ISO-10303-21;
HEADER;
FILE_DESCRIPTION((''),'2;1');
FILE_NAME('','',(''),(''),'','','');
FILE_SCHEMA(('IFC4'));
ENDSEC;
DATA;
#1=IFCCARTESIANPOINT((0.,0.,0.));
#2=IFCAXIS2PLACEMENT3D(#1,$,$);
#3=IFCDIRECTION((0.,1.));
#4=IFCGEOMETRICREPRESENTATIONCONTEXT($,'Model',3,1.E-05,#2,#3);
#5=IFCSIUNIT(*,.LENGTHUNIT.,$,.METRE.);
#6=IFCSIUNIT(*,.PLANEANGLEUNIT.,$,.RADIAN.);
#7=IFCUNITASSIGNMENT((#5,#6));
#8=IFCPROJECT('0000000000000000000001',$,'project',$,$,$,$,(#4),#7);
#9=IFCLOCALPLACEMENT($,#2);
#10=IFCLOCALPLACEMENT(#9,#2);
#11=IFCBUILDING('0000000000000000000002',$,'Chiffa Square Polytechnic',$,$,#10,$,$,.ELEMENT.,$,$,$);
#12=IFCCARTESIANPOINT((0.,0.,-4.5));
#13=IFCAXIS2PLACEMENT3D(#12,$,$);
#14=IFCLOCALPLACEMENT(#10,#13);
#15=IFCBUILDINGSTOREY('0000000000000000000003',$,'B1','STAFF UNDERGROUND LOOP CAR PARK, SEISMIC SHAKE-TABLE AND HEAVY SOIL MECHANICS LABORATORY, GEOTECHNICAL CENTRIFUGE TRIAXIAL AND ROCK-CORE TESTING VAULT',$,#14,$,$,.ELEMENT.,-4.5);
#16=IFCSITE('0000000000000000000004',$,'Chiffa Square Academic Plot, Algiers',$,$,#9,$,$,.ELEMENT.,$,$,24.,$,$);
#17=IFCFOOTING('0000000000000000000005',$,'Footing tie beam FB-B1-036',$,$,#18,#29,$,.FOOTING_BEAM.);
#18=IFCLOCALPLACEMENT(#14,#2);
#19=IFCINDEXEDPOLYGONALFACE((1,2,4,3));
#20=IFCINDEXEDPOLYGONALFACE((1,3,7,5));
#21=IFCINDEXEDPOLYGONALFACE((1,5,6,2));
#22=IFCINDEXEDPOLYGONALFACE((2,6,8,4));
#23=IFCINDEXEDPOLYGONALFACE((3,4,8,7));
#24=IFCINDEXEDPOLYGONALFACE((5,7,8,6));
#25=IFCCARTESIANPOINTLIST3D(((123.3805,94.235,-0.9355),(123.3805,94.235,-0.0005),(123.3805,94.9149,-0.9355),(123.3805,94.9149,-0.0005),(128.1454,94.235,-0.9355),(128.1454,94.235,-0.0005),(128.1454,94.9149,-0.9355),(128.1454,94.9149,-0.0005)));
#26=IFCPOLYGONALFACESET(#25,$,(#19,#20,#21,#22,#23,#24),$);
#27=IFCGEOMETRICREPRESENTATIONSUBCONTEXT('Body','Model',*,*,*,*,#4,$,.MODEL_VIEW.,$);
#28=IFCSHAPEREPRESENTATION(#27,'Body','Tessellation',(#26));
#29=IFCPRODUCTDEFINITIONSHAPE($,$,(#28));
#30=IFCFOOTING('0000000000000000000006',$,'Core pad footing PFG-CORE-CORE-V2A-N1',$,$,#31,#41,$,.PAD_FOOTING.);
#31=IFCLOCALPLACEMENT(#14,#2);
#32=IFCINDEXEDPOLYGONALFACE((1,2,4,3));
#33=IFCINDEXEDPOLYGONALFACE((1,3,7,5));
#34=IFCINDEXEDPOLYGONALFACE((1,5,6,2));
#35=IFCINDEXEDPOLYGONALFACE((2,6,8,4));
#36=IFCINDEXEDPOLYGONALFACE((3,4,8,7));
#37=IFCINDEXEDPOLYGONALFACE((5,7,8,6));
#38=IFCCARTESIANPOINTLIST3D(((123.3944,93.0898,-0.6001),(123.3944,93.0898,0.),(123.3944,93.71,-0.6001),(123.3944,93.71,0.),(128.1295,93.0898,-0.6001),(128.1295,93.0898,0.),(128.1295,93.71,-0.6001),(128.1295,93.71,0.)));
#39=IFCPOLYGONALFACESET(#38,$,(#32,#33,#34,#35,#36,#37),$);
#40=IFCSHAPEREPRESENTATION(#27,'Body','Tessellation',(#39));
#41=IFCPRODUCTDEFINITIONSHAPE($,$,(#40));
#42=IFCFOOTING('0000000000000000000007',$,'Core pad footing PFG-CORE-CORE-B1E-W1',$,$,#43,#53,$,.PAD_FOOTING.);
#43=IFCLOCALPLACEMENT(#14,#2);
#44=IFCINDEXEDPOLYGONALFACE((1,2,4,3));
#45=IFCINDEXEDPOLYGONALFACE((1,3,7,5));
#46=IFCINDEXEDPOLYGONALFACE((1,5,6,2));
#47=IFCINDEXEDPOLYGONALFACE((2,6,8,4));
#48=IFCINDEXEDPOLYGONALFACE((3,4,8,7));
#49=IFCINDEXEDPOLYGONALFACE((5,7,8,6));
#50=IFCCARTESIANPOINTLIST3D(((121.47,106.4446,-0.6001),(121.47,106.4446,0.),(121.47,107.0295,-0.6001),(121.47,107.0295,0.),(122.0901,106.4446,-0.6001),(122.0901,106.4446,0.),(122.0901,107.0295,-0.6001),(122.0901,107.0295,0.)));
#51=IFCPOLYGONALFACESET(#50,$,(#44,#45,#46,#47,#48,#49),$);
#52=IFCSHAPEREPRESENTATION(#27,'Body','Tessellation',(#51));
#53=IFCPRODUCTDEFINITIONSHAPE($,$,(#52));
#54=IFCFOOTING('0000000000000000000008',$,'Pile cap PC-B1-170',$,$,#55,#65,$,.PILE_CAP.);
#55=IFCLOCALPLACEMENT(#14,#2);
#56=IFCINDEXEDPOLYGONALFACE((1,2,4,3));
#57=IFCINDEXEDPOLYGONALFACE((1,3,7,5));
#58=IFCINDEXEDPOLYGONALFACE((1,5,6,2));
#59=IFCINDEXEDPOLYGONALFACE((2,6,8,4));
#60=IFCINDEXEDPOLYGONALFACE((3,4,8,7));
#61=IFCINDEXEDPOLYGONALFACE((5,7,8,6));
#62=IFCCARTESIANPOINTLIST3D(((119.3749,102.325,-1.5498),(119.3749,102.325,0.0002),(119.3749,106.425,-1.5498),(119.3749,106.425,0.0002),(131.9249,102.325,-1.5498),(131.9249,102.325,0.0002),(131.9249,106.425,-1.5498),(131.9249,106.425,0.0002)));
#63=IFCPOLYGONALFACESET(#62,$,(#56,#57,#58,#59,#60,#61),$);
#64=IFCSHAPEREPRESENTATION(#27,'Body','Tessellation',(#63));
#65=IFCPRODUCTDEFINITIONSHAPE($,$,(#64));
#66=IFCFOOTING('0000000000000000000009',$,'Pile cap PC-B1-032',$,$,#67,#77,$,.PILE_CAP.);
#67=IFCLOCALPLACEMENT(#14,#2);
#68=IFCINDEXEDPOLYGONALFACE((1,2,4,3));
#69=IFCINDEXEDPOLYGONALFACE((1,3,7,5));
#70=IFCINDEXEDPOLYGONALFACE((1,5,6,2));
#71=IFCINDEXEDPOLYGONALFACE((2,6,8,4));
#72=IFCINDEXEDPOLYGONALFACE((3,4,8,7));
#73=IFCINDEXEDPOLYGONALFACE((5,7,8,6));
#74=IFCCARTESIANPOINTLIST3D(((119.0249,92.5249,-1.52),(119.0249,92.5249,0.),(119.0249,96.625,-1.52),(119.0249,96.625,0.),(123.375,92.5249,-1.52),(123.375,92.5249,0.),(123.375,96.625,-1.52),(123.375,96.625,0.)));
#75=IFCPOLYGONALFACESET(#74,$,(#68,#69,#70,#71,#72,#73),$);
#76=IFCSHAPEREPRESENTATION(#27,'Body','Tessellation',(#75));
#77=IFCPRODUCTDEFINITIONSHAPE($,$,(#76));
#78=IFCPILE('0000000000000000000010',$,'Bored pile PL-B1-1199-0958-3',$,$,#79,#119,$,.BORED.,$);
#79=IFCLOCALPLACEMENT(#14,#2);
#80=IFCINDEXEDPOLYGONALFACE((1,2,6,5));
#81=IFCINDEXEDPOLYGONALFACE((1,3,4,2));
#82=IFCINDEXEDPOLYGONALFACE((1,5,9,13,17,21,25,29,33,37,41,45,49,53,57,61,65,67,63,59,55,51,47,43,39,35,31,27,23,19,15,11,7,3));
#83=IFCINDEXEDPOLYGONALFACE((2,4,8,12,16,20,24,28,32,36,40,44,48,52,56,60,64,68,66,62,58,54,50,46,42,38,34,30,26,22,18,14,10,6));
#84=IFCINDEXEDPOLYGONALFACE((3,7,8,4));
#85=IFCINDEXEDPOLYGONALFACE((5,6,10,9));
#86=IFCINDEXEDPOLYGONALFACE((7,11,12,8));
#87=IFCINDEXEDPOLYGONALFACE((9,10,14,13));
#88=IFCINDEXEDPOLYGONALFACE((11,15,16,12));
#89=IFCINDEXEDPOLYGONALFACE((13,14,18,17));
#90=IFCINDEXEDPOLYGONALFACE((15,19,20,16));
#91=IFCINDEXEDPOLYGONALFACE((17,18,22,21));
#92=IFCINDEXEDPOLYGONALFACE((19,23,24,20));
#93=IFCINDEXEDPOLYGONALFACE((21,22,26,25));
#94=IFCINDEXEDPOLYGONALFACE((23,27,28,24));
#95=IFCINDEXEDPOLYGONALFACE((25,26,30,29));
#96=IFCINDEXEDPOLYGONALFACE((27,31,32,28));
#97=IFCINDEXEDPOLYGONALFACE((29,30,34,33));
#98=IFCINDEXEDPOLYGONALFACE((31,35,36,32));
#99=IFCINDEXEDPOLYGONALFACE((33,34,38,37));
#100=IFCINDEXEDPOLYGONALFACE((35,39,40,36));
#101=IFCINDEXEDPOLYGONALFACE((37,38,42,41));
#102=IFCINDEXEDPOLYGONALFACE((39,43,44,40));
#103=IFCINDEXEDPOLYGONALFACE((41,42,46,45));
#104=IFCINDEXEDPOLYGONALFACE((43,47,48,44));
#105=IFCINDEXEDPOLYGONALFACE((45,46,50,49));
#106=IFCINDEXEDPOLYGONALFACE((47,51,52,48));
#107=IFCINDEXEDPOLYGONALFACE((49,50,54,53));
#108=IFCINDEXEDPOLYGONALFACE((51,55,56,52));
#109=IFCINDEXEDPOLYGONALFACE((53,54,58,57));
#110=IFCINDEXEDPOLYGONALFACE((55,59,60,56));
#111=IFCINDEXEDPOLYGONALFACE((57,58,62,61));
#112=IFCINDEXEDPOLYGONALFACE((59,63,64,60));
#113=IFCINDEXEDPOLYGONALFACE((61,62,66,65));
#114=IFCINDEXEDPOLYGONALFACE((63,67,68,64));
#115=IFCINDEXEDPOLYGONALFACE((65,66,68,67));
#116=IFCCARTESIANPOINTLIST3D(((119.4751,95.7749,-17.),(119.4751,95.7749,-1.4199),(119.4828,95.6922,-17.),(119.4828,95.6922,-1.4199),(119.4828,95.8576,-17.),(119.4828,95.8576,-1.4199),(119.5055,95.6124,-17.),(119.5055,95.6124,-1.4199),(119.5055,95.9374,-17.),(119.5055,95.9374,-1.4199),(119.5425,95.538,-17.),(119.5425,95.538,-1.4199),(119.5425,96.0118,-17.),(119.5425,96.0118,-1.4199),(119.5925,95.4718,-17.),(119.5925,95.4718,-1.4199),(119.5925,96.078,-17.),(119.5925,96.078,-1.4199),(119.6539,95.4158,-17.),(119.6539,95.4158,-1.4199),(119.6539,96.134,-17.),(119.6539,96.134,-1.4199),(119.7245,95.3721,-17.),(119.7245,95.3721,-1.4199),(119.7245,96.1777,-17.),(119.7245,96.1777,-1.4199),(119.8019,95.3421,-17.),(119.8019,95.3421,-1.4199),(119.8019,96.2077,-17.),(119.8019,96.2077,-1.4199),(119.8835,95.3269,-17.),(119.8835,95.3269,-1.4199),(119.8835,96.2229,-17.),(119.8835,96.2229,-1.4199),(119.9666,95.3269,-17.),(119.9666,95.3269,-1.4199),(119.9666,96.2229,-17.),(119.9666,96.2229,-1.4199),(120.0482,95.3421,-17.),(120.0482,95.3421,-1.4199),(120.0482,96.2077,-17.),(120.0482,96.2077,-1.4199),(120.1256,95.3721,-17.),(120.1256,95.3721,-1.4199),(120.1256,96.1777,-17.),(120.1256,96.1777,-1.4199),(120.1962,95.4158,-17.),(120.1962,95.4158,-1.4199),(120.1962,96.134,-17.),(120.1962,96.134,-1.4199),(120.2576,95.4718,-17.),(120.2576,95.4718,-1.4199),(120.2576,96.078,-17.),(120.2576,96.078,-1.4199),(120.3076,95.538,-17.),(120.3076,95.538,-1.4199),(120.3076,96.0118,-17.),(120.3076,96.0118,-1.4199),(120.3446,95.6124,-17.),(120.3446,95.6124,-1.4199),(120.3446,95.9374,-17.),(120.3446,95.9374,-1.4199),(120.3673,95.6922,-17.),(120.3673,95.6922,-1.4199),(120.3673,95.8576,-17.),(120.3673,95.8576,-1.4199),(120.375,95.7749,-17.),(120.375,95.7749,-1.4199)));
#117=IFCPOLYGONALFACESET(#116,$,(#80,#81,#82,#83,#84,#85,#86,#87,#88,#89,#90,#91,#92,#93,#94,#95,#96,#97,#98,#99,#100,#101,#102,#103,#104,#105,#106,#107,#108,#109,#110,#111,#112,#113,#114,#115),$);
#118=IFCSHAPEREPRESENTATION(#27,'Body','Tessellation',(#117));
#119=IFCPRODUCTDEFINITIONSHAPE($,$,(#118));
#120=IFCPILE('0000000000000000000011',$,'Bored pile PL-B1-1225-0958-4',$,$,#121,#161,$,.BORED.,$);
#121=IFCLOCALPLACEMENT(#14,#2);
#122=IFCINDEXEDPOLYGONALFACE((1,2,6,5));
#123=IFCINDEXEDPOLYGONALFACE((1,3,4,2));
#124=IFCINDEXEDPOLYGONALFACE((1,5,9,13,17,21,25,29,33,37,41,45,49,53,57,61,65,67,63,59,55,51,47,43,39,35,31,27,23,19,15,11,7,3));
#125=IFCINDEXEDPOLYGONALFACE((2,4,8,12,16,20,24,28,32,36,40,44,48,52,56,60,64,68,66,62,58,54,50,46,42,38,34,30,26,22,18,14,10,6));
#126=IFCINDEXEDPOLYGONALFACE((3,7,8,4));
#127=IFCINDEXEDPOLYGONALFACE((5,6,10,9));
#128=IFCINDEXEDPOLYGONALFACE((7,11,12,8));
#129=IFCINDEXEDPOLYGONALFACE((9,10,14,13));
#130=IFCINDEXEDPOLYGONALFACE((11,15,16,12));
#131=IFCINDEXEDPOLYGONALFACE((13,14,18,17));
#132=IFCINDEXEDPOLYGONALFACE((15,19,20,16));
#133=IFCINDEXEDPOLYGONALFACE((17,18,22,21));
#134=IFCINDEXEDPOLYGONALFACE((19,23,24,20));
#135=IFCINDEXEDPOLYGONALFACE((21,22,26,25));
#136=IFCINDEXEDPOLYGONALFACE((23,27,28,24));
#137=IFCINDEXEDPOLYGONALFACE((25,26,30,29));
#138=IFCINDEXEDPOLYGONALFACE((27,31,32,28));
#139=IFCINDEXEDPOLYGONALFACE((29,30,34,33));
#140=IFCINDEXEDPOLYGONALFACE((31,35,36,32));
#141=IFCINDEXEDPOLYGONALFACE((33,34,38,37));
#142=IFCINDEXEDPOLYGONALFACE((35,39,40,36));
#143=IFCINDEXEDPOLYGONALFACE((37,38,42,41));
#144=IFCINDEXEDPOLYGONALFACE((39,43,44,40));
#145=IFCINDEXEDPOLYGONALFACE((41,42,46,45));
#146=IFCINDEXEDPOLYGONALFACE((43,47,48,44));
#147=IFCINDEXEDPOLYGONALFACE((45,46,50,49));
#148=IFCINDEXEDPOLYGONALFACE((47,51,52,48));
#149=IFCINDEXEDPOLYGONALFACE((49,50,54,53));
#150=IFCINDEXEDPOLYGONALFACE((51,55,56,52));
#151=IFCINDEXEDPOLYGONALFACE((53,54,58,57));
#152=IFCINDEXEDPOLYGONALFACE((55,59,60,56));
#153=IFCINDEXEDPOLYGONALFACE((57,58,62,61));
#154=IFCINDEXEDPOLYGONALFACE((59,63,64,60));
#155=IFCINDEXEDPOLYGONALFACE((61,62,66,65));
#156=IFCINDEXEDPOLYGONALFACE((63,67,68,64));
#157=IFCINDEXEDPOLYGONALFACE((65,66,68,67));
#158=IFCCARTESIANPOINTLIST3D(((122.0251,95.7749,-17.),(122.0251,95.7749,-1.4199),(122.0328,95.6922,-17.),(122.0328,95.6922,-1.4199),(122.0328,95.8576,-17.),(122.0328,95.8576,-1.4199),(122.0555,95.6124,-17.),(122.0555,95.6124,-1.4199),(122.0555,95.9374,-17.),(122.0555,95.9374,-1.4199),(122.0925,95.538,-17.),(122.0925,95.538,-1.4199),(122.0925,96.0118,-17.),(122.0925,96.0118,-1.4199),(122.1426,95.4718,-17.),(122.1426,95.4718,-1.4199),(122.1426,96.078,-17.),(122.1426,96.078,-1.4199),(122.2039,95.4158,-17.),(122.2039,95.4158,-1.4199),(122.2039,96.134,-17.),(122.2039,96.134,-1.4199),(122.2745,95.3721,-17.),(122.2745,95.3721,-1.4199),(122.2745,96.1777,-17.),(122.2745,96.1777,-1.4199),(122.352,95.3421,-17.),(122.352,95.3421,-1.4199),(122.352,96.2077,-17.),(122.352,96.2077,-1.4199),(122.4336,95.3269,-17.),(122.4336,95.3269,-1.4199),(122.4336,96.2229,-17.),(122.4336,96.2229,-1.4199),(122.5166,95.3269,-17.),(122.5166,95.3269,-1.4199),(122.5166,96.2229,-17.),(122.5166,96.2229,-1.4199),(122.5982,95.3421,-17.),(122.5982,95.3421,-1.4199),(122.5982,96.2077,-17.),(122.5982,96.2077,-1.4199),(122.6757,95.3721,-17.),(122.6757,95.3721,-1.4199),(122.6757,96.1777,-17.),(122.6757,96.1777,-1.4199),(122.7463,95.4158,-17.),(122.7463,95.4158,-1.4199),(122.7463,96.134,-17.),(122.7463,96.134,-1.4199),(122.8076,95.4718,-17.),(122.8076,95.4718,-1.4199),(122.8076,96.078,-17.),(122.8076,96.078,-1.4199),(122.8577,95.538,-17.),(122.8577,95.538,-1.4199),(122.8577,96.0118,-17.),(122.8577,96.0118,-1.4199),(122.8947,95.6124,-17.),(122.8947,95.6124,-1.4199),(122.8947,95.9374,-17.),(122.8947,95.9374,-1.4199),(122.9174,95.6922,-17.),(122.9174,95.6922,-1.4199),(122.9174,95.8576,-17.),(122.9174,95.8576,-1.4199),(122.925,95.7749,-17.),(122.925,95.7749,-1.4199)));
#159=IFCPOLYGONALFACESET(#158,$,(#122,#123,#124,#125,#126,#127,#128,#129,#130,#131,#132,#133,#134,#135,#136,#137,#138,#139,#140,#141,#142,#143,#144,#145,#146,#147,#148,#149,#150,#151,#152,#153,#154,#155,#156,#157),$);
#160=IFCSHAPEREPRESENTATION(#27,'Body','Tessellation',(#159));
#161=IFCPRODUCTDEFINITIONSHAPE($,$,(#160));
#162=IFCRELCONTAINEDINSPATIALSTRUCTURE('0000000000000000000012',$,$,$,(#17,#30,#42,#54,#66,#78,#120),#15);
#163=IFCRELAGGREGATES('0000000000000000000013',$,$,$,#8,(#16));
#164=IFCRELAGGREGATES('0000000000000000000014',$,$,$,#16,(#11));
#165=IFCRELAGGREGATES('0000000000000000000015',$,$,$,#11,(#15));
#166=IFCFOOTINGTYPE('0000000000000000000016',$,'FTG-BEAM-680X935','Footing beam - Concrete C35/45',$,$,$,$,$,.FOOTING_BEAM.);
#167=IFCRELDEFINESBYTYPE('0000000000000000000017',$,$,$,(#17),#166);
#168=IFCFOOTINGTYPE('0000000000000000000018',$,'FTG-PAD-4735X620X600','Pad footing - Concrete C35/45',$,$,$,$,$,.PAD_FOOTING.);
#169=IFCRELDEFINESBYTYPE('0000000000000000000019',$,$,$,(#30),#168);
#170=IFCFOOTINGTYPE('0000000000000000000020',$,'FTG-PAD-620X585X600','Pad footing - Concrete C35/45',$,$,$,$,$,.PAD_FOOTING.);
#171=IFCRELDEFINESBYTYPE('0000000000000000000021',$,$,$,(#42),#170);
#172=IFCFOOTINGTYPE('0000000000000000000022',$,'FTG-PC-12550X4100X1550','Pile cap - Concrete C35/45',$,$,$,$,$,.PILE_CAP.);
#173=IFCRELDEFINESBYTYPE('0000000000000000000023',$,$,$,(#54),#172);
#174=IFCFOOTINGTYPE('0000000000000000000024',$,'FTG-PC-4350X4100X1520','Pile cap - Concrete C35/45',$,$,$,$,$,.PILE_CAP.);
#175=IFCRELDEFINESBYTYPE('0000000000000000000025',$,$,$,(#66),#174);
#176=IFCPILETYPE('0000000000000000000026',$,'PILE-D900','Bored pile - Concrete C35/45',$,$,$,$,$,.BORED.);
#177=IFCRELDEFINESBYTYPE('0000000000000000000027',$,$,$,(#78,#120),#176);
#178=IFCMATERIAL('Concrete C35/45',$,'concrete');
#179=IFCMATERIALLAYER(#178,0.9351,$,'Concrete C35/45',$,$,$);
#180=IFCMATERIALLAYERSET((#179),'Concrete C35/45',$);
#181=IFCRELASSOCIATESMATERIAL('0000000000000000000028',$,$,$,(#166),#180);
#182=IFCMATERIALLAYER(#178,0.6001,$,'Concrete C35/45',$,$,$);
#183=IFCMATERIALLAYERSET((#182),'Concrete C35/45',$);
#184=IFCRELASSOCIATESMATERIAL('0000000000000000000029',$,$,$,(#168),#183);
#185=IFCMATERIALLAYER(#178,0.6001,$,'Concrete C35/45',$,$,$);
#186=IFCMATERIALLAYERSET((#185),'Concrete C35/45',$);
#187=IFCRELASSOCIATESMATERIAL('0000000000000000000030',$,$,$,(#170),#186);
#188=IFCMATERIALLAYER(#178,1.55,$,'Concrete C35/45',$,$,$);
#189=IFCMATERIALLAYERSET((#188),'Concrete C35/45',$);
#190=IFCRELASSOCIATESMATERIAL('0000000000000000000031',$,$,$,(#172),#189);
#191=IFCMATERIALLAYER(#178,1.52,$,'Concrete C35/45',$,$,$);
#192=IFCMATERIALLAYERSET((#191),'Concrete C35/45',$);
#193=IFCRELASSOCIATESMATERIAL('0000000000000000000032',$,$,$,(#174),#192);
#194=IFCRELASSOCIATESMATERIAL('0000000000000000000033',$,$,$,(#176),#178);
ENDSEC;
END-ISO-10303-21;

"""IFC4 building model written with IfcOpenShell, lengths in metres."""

from ifc_helpers import new_model, si_unit, direction, frame, origin, origin_2d, place, context, subcontext, project, spatial, rectangle, circle, extrude, material, layer, layer_set, material_profile, profile_set, type_object, element, save


model = new_model("IFC4")

# Units and contexts
model_context = context("Model", 3, precision=1e-05, world=origin(), true_north=direction((0.0, 1.0)))
body_context = subcontext(model_context, "Body", "Model", "MODEL_VIEW")
ifc_project = project(units=[si_unit("LENGTHUNIT", "METRE"), si_unit("PLANEANGLEUNIT", "RADIAN")], contexts=[model_context])

# Site, building, storey
site_placement = place(None, origin())
site = spatial("IfcSite", under=ifc_project, at=site_placement, Name="Chiffa Square Academic Plot, Algiers", CompositionType="ELEMENT", RefElevation=24.0)
building_placement = place(site_placement, origin())
building = spatial("IfcBuilding", under=site, at=building_placement, Name="Chiffa Square Polytechnic", CompositionType="ELEMENT")
storey_placement = place(building_placement, frame((0.0, 0.0, -4.5)))
storey = spatial("IfcBuildingStorey", under=building, at=storey_placement, Name="B1", Description="STAFF UNDERGROUND LOOP CAR PARK, SEISMIC SHAKE-TABLE AND HEAVY SOIL MECHANICS LABORATORY, GEOTECHNICAL CENTRIFUGE TRIAXIAL AND ROCK-CORE TESTING VAULT", CompositionType="ELEMENT", Elevation=-4.5)

# Footings
ifc_material_1 = material(Name="Concrete C35/45", Category="concrete")
ifc_layer_1 = layer(ifc_material_1, 0.9351, Name="Concrete C35/45")
ifc_layer_set_1 = layer_set([ifc_layer_1], Name="Concrete C35/45")
footing_type_1 = type_object("IfcFootingType", Name="FTG-BEAM-680X935", Description="Footing beam - Concrete C35/45", PredefinedType="FOOTING_BEAM", material=ifc_layer_set_1)
footing_1_placement = place(storey_placement, frame((125.7629, 94.575, -0.9355), z_axis=(0.0, 0.0, 1.0), x_axis=(1.0, 0.0, 0.0)))
element("IfcFooting", 1, at=footing_1_placement, inside=storey, type_object=footing_type_1, Name="Footing tie beam FB-B1-036", PredefinedType="FOOTING_BEAM", context=body_context, shape_type="SweptSolid", body=[
    extrude(rectangle(XDim=4.7649, YDim=0.6799, at=origin_2d()), origin(), (0.0, 0.0, 1.0), 0.9351),
])
ifc_layer_2 = layer(ifc_material_1, 0.6001, Name="Concrete C35/45")
ifc_layer_set_2 = layer_set([ifc_layer_2], Name="Concrete C35/45")
footing_type_2 = type_object("IfcFootingType", Name="FTG-PAD-4735X620X600", Description="Pad footing - Concrete C35/45", PredefinedType="PAD_FOOTING", material=ifc_layer_set_2)
footing_2_placement = place(storey_placement, frame((125.762, 93.3999, -0.6001), z_axis=(0.0, 0.0, 1.0), x_axis=(1.0, 0.0, 0.0)))
element("IfcFooting", 2, at=footing_2_placement, inside=storey, type_object=footing_type_2, Name="Core pad footing PFG-CORE-CORE-V2A-N1", PredefinedType="PAD_FOOTING", context=body_context, shape_type="SweptSolid", body=[
    extrude(rectangle(XDim=4.7351, YDim=0.6201, at=origin_2d()), origin(), (0.0, 0.0, 1.0), 0.6001),
])
ifc_layer_3 = layer(ifc_material_1, 0.6001, Name="Concrete C35/45")
ifc_layer_set_3 = layer_set([ifc_layer_3], Name="Concrete C35/45")
footing_type_3 = type_object("IfcFootingType", Name="FTG-PAD-620X585X600", Description="Pad footing - Concrete C35/45", PredefinedType="PAD_FOOTING", material=ifc_layer_set_3)
footing_3_placement = place(storey_placement, frame((121.78, 106.7371, -0.6001), z_axis=(0.0, 0.0, 1.0), x_axis=(1.0, 0.0, 0.0)))
element("IfcFooting", 3, at=footing_3_placement, inside=storey, type_object=footing_type_3, Name="Core pad footing PFG-CORE-CORE-B1E-W1", PredefinedType="PAD_FOOTING", context=body_context, shape_type="SweptSolid", body=[
    extrude(rectangle(XDim=0.6201, YDim=0.585, at=origin_2d()), origin(), (0.0, 0.0, 1.0), 0.6001),
])
ifc_layer_4 = layer(ifc_material_1, 1.55, Name="Concrete C35/45")
ifc_layer_set_4 = layer_set([ifc_layer_4], Name="Concrete C35/45")
footing_type_4 = type_object("IfcFootingType", Name="FTG-PC-12550X4100X1550", Description="Pile cap - Concrete C35/45", PredefinedType="PILE_CAP", material=ifc_layer_set_4)
footing_4_placement = place(storey_placement, frame((125.6499, 104.375, -1.5498), z_axis=(0.0, 0.0, 1.0), x_axis=(1.0, 0.0, 0.0)))
element("IfcFooting", 4, at=footing_4_placement, inside=storey, type_object=footing_type_4, Name="Pile cap PC-B1-170", PredefinedType="PILE_CAP", context=body_context, shape_type="SweptSolid", body=[
    extrude(rectangle(XDim=12.55, YDim=4.1001, at=origin_2d()), origin(), (0.0, 0.0, 1.0), 1.55),
])
ifc_layer_5 = layer(ifc_material_1, 1.52, Name="Concrete C35/45")
ifc_layer_set_5 = layer_set([ifc_layer_5], Name="Concrete C35/45")
footing_type_5 = type_object("IfcFootingType", Name="FTG-PC-4350X4100X1520", Description="Pile cap - Concrete C35/45", PredefinedType="PILE_CAP", material=ifc_layer_set_5)
footing_5_placement = place(storey_placement, frame((121.2, 94.575, -1.52), z_axis=(0.0, 0.0, 1.0), x_axis=(1.0, 0.0, 0.0)))
element("IfcFooting", 5, at=footing_5_placement, inside=storey, type_object=footing_type_5, Name="Pile cap PC-B1-032", PredefinedType="PILE_CAP", context=body_context, shape_type="SweptSolid", body=[
    extrude(rectangle(XDim=4.3501, YDim=4.1001, at=origin_2d()), origin(), (0.0, 0.0, 1.0), 1.52),
])

# Piles
ifc_material_profile_1 = material_profile(ifc_material_1, circle(Radius=0.45, at=origin_2d()), Name="PILE D900")
ifc_profile_set_1 = profile_set([ifc_material_profile_1], Name="Concrete C35/45")
pile_type = type_object("IfcPileType", Name="PILE-D900", Description="Bored pile - Concrete C35/45", PredefinedType="BORED", material=ifc_profile_set_1)
for number, where, z_axis, x_axis, name in (
    (6, (119.925, 95.7749, -1.4199), (0.0, 0.0, -1.0), (1.0, 0.0, 0.0), "Bored pile PL-B1-1199-0958-3"),
    (7, (122.4751, 95.7749, -1.4199), (0.0, 0.0, -1.0), (1.0, 0.0, 0.0), "Bored pile PL-B1-1225-0958-4"),
):
    element("IfcPile", number, at=place(storey_placement, frame(where, z_axis=z_axis, x_axis=x_axis)), inside=storey, type_object=pile_type, Name=name, PredefinedType="BORED", context=body_context, shape_type="SweptSolid", body=[
        extrude(circle(Radius=0.45, at=origin_2d()), origin(), (0.0, 0.0, 1.0), 15.5801),
    ])

save(model, "model.ifc")
